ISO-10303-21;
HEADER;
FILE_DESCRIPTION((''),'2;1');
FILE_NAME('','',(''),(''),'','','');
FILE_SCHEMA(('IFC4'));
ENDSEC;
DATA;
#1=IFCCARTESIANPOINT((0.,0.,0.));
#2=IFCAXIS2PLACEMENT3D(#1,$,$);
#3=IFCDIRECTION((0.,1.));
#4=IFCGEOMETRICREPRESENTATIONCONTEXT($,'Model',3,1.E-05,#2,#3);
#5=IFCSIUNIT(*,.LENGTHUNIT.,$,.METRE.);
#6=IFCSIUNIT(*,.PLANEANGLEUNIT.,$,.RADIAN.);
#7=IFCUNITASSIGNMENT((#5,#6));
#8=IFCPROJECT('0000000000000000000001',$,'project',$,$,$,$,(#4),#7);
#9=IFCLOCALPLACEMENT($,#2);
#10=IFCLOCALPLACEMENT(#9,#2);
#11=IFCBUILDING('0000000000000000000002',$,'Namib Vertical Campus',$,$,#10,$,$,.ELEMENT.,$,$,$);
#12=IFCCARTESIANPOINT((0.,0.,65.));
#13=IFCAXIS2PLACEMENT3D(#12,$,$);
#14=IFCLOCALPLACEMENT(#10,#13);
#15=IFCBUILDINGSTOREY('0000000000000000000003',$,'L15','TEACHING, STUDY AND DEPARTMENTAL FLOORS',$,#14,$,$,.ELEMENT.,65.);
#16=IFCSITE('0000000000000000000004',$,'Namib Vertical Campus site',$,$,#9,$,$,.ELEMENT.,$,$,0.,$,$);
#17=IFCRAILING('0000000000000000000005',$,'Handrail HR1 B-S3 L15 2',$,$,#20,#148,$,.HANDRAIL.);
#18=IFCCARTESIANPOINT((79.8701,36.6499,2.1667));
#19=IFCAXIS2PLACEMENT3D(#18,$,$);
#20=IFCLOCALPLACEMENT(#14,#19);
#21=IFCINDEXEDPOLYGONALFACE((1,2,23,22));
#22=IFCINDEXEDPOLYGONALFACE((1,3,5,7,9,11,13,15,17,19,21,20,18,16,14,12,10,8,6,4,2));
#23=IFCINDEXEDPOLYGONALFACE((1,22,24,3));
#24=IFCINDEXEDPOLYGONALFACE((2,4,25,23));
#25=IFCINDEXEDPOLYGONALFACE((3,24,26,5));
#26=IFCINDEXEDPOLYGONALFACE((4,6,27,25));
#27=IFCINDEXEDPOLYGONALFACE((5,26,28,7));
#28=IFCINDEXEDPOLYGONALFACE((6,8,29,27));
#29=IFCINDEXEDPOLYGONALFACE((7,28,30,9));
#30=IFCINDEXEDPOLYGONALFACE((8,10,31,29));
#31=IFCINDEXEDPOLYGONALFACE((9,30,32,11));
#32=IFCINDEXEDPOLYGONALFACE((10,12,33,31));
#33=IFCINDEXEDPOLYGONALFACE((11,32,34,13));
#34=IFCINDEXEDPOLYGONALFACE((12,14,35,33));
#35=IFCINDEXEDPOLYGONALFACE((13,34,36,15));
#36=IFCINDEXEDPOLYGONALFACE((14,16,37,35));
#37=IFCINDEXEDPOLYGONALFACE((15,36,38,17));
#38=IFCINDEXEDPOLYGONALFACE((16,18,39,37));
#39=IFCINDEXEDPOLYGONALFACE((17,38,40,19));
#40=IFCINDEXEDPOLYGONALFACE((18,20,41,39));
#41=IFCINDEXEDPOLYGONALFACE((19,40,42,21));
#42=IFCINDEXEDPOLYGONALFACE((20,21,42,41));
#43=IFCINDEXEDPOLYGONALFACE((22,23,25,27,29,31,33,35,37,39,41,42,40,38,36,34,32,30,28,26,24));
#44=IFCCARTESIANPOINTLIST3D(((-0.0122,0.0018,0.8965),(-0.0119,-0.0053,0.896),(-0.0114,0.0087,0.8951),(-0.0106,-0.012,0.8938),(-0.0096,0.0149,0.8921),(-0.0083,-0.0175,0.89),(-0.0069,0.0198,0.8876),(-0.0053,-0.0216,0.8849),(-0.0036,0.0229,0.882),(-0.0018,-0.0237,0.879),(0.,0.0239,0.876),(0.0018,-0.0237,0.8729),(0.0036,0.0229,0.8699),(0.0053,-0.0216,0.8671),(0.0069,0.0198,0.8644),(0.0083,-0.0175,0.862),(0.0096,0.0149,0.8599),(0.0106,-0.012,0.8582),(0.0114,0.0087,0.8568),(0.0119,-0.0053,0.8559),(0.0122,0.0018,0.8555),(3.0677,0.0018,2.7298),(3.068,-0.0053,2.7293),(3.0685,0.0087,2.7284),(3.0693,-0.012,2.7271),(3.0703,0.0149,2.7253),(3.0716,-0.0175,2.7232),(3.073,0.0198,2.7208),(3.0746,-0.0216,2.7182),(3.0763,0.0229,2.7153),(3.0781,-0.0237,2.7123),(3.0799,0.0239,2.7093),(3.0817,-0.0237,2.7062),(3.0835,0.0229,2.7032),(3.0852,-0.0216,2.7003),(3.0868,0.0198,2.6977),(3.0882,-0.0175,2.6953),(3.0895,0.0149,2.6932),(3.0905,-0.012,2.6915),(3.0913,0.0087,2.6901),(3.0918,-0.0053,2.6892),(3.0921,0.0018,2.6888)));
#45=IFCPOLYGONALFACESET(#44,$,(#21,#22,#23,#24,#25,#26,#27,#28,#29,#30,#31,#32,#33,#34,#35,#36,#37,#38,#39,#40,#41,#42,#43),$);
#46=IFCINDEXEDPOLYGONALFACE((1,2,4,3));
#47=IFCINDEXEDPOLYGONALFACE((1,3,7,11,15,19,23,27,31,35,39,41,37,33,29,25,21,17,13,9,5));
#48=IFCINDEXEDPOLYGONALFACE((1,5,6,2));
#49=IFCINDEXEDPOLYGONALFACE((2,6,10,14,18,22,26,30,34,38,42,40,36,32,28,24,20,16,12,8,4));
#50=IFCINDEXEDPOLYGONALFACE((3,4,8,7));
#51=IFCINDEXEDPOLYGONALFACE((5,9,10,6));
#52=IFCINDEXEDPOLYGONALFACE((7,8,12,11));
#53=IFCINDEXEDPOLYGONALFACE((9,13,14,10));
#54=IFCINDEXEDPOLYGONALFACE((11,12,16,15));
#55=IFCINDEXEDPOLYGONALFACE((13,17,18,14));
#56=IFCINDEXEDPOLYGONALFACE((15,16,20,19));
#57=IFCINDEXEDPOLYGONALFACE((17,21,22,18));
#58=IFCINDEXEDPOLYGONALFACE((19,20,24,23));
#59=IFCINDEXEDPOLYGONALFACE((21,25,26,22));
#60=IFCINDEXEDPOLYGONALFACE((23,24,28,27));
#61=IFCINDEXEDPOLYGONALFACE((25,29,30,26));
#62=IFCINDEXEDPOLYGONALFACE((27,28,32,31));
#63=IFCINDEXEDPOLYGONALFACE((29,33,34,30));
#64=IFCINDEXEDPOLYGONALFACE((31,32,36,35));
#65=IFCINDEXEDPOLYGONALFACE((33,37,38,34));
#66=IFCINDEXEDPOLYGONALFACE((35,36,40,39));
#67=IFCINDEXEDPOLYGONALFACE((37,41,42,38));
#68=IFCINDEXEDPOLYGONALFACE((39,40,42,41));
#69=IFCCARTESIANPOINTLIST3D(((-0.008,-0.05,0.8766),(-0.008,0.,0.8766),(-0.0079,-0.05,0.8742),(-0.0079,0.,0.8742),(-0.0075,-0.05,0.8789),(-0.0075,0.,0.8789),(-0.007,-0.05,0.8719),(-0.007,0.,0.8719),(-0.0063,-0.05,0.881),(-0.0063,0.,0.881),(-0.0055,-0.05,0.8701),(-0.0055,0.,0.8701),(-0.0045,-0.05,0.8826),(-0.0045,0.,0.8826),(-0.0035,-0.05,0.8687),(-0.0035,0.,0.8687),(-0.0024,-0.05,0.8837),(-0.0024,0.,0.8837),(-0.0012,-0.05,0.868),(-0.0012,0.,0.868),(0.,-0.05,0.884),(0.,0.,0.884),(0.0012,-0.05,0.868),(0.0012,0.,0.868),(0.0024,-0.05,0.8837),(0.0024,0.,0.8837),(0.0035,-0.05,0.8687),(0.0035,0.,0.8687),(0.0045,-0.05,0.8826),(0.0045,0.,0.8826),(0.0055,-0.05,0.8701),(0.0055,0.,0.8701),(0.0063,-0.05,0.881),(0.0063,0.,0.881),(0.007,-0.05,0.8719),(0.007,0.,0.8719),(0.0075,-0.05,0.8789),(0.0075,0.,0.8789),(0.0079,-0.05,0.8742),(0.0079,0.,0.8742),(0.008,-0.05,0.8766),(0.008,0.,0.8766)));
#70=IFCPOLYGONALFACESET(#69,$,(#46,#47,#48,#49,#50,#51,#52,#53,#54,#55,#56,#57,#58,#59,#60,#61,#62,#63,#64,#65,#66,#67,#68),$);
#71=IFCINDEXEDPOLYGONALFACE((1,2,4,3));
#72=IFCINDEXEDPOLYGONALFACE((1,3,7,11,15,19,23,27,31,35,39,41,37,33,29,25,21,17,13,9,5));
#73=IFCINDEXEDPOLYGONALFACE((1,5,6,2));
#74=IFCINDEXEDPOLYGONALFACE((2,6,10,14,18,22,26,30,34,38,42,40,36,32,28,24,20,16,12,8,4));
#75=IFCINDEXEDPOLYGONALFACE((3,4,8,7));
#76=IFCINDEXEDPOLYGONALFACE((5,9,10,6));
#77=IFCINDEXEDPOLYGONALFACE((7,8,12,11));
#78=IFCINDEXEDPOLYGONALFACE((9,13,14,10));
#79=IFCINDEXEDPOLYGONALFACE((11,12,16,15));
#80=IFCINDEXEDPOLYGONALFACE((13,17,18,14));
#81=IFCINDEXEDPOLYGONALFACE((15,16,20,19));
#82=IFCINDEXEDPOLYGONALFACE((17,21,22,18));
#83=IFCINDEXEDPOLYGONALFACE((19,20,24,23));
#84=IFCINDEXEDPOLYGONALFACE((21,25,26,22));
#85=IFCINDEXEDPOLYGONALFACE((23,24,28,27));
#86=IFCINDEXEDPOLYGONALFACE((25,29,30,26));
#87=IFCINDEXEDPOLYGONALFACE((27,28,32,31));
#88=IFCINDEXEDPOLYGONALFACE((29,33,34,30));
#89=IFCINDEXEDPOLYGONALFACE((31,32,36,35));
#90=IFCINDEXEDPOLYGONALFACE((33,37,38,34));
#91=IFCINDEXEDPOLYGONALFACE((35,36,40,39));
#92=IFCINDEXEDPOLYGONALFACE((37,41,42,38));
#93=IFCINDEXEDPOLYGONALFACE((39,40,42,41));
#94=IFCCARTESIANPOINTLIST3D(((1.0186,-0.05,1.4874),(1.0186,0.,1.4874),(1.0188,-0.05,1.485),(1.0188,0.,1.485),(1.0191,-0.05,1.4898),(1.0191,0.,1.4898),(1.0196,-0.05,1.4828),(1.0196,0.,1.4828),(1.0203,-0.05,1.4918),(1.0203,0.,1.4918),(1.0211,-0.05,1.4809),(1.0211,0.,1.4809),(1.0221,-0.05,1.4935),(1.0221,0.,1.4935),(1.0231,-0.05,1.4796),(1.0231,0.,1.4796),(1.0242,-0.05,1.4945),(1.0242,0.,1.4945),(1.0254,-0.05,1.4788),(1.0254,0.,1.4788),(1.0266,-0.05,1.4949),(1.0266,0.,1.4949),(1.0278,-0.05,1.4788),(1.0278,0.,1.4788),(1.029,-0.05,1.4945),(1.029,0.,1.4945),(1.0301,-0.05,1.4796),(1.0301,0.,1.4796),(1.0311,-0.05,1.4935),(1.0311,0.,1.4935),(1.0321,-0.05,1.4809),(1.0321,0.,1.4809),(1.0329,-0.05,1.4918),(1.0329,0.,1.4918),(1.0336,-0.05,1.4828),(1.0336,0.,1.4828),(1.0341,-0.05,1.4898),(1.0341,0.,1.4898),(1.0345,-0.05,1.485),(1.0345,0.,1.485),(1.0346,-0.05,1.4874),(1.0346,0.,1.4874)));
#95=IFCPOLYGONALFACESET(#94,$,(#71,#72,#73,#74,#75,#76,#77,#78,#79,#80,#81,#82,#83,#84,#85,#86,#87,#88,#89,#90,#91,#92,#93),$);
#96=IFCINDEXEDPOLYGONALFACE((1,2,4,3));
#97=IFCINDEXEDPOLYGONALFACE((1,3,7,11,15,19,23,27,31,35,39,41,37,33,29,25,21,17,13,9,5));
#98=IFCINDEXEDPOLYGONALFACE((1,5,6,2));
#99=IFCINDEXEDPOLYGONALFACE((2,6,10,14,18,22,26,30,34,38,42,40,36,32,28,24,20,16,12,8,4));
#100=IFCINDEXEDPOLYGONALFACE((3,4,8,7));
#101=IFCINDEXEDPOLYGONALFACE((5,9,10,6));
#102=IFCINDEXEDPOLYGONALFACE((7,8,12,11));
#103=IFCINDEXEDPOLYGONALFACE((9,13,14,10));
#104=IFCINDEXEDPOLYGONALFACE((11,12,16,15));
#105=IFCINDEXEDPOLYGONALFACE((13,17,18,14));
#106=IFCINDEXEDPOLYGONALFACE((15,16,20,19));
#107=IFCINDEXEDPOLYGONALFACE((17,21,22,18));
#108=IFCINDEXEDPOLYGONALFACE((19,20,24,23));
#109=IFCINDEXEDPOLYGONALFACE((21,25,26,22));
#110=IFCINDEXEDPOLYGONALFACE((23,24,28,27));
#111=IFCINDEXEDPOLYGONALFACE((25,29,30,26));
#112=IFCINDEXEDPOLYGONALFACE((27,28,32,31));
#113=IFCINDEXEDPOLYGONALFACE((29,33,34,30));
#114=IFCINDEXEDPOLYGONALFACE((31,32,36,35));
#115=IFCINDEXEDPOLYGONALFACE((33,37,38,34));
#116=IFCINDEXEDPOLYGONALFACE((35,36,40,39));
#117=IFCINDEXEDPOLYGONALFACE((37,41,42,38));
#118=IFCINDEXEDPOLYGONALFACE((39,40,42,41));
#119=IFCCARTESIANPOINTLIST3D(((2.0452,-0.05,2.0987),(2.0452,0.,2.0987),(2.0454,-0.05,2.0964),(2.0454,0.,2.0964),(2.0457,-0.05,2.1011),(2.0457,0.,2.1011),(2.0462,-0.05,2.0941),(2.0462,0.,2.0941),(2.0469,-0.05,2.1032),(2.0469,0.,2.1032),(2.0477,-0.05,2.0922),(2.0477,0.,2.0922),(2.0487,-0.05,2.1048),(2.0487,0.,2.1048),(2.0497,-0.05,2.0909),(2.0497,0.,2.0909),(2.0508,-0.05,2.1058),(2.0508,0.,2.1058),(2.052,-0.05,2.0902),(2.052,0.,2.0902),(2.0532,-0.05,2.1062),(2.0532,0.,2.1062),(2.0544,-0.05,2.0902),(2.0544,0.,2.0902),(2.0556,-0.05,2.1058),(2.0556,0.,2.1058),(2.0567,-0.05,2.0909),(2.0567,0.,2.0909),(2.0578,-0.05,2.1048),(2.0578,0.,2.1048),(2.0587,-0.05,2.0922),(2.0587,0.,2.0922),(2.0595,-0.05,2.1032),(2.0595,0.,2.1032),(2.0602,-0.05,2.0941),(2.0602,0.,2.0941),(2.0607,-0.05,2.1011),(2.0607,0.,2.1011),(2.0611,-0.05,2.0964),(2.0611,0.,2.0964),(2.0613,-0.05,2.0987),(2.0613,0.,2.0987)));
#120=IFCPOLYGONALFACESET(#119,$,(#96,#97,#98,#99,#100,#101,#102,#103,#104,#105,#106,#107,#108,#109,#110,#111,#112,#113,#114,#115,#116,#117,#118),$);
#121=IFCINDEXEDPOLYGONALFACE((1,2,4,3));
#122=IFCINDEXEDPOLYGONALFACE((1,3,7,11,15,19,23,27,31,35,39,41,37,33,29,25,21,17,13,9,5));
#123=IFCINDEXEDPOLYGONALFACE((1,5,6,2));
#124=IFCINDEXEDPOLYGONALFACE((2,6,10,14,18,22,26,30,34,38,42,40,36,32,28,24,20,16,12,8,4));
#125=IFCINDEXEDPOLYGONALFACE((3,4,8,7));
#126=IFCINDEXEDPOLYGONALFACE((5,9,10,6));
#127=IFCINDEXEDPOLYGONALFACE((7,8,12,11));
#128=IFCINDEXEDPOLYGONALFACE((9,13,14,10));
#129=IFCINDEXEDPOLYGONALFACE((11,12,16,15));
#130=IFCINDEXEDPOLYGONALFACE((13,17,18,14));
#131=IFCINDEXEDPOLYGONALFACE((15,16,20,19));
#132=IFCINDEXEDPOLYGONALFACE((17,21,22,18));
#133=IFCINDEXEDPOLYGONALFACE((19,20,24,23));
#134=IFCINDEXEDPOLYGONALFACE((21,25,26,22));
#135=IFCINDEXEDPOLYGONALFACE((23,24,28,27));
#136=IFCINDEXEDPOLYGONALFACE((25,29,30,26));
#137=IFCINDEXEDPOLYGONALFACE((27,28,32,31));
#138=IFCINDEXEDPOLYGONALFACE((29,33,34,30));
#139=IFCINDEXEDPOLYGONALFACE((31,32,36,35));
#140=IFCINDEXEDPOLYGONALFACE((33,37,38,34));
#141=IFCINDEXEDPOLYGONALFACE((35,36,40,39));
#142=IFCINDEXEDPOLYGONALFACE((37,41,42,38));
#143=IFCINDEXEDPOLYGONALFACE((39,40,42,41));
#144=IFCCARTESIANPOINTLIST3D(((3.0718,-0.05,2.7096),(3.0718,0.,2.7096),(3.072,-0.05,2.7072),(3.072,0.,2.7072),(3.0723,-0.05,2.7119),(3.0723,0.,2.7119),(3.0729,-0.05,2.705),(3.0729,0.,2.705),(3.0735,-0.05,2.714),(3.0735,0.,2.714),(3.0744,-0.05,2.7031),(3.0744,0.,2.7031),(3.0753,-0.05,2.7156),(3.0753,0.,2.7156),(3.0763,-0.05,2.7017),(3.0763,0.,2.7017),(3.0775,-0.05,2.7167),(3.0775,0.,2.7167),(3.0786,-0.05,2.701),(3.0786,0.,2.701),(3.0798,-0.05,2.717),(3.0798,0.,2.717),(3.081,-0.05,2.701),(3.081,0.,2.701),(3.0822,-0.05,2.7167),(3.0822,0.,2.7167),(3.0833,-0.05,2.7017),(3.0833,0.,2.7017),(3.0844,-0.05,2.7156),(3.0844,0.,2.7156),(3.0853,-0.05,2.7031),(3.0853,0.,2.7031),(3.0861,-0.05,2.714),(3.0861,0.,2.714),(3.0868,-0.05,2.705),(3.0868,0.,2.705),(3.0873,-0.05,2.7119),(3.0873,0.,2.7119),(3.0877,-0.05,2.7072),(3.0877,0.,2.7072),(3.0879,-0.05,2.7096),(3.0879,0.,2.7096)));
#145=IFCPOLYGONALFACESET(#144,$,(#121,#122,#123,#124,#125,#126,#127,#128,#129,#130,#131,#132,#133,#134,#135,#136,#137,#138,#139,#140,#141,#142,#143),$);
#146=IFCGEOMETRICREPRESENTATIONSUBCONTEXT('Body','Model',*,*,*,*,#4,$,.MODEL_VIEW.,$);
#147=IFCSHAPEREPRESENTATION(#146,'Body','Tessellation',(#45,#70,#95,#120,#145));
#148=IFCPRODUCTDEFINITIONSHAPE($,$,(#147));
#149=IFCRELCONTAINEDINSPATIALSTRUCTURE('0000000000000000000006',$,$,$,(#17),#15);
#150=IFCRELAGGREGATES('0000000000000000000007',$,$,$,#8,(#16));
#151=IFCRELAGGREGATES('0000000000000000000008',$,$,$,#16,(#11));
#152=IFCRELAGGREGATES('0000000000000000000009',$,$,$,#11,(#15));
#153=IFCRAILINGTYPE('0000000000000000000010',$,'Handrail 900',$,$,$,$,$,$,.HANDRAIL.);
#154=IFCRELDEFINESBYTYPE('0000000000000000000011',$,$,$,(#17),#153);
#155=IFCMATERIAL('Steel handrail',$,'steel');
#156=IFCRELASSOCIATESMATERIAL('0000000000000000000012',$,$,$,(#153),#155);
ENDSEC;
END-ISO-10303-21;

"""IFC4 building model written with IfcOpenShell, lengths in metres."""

from ifc_helpers import new_model, si_unit, direction, frame, origin, origin_2d, place, context, subcontext, project, spatial, circle, extrude, material, type_object, element, save


model = new_model("IFC4")

# Units and contexts
model_context = context("Model", 3, precision=1e-05, world=origin(), true_north=direction((0.0, 1.0)))
body_context = subcontext(model_context, "Body", "Model", "MODEL_VIEW")
ifc_project = project(units=[si_unit("LENGTHUNIT", "METRE"), si_unit("PLANEANGLEUNIT", "RADIAN")], contexts=[model_context])

# Site, building, storey
site_placement = place(None, origin())
site = spatial("IfcSite", under=ifc_project, at=site_placement, Name="Namib Vertical Campus site", CompositionType="ELEMENT", RefElevation=0.0)
building_placement = place(site_placement, origin())
building = spatial("IfcBuilding", under=site, at=building_placement, Name="Namib Vertical Campus", CompositionType="ELEMENT")
storey_placement = place(building_placement, frame((0.0, 0.0, 65.0)))
storey = spatial("IfcBuildingStorey", under=building, at=storey_placement, Name="L15", Description="TEACHING, STUDY AND DEPARTMENTAL FLOORS", CompositionType="ELEMENT", Elevation=65.0)

# Railing
ifc_material_1 = material(Name="Steel handrail", Category="steel")
railing_type = type_object("IfcRailingType", Name="Handrail 900", PredefinedType="HANDRAIL", material=ifc_material_1)
railing_placement = place(storey_placement, frame((79.8701, 36.6499, 2.1667)))
element("IfcRailing", 1, at=railing_placement, inside=storey, type_object=railing_type, Name="Handrail HR1 B-S3 L15 2", PredefinedType="HANDRAIL", context=body_context, shape_type="SweptSolid", body=[
    extrude(circle(Radius=0.0239, at=origin_2d()), frame((0.0, 0.0, 0.876), z_axis=(0.859291, 0.0, 0.511487), x_axis=(0.0, 1.0, 0.0)), (0.0, 0.0, 1.0), 3.5842),
    extrude(circle(Radius=0.0081, at=origin_2d()), frame((0.0, 0.0, 0.876), z_axis=(0.0, -1.0, 0.0), x_axis=(0.0, 0.0, 1.0)), (0.0, 0.0, 1.0), 0.05),
    extrude(circle(Radius=0.0081, at=origin_2d()), frame((1.0266, 0.0, 1.4868), z_axis=(0.0, -1.0, 0.0), x_axis=(0.0, 0.0, 1.0)), (0.0, 0.0, 1.0), 0.05),
    extrude(circle(Radius=0.0081, at=origin_2d()), frame((2.0532, 0.0, 2.0981), z_axis=(0.0, -1.0, 0.0), x_axis=(0.0, 0.0, 1.0)), (0.0, 0.0, 1.0), 0.05),
    extrude(circle(Radius=0.0081, at=origin_2d()), frame((3.0798, 0.0, 2.709), z_axis=(0.0, -1.0, 0.0), x_axis=(0.0, 0.0, 1.0)), (0.0, 0.0, 1.0), 0.05),
])

save(model, "model.ifc")
